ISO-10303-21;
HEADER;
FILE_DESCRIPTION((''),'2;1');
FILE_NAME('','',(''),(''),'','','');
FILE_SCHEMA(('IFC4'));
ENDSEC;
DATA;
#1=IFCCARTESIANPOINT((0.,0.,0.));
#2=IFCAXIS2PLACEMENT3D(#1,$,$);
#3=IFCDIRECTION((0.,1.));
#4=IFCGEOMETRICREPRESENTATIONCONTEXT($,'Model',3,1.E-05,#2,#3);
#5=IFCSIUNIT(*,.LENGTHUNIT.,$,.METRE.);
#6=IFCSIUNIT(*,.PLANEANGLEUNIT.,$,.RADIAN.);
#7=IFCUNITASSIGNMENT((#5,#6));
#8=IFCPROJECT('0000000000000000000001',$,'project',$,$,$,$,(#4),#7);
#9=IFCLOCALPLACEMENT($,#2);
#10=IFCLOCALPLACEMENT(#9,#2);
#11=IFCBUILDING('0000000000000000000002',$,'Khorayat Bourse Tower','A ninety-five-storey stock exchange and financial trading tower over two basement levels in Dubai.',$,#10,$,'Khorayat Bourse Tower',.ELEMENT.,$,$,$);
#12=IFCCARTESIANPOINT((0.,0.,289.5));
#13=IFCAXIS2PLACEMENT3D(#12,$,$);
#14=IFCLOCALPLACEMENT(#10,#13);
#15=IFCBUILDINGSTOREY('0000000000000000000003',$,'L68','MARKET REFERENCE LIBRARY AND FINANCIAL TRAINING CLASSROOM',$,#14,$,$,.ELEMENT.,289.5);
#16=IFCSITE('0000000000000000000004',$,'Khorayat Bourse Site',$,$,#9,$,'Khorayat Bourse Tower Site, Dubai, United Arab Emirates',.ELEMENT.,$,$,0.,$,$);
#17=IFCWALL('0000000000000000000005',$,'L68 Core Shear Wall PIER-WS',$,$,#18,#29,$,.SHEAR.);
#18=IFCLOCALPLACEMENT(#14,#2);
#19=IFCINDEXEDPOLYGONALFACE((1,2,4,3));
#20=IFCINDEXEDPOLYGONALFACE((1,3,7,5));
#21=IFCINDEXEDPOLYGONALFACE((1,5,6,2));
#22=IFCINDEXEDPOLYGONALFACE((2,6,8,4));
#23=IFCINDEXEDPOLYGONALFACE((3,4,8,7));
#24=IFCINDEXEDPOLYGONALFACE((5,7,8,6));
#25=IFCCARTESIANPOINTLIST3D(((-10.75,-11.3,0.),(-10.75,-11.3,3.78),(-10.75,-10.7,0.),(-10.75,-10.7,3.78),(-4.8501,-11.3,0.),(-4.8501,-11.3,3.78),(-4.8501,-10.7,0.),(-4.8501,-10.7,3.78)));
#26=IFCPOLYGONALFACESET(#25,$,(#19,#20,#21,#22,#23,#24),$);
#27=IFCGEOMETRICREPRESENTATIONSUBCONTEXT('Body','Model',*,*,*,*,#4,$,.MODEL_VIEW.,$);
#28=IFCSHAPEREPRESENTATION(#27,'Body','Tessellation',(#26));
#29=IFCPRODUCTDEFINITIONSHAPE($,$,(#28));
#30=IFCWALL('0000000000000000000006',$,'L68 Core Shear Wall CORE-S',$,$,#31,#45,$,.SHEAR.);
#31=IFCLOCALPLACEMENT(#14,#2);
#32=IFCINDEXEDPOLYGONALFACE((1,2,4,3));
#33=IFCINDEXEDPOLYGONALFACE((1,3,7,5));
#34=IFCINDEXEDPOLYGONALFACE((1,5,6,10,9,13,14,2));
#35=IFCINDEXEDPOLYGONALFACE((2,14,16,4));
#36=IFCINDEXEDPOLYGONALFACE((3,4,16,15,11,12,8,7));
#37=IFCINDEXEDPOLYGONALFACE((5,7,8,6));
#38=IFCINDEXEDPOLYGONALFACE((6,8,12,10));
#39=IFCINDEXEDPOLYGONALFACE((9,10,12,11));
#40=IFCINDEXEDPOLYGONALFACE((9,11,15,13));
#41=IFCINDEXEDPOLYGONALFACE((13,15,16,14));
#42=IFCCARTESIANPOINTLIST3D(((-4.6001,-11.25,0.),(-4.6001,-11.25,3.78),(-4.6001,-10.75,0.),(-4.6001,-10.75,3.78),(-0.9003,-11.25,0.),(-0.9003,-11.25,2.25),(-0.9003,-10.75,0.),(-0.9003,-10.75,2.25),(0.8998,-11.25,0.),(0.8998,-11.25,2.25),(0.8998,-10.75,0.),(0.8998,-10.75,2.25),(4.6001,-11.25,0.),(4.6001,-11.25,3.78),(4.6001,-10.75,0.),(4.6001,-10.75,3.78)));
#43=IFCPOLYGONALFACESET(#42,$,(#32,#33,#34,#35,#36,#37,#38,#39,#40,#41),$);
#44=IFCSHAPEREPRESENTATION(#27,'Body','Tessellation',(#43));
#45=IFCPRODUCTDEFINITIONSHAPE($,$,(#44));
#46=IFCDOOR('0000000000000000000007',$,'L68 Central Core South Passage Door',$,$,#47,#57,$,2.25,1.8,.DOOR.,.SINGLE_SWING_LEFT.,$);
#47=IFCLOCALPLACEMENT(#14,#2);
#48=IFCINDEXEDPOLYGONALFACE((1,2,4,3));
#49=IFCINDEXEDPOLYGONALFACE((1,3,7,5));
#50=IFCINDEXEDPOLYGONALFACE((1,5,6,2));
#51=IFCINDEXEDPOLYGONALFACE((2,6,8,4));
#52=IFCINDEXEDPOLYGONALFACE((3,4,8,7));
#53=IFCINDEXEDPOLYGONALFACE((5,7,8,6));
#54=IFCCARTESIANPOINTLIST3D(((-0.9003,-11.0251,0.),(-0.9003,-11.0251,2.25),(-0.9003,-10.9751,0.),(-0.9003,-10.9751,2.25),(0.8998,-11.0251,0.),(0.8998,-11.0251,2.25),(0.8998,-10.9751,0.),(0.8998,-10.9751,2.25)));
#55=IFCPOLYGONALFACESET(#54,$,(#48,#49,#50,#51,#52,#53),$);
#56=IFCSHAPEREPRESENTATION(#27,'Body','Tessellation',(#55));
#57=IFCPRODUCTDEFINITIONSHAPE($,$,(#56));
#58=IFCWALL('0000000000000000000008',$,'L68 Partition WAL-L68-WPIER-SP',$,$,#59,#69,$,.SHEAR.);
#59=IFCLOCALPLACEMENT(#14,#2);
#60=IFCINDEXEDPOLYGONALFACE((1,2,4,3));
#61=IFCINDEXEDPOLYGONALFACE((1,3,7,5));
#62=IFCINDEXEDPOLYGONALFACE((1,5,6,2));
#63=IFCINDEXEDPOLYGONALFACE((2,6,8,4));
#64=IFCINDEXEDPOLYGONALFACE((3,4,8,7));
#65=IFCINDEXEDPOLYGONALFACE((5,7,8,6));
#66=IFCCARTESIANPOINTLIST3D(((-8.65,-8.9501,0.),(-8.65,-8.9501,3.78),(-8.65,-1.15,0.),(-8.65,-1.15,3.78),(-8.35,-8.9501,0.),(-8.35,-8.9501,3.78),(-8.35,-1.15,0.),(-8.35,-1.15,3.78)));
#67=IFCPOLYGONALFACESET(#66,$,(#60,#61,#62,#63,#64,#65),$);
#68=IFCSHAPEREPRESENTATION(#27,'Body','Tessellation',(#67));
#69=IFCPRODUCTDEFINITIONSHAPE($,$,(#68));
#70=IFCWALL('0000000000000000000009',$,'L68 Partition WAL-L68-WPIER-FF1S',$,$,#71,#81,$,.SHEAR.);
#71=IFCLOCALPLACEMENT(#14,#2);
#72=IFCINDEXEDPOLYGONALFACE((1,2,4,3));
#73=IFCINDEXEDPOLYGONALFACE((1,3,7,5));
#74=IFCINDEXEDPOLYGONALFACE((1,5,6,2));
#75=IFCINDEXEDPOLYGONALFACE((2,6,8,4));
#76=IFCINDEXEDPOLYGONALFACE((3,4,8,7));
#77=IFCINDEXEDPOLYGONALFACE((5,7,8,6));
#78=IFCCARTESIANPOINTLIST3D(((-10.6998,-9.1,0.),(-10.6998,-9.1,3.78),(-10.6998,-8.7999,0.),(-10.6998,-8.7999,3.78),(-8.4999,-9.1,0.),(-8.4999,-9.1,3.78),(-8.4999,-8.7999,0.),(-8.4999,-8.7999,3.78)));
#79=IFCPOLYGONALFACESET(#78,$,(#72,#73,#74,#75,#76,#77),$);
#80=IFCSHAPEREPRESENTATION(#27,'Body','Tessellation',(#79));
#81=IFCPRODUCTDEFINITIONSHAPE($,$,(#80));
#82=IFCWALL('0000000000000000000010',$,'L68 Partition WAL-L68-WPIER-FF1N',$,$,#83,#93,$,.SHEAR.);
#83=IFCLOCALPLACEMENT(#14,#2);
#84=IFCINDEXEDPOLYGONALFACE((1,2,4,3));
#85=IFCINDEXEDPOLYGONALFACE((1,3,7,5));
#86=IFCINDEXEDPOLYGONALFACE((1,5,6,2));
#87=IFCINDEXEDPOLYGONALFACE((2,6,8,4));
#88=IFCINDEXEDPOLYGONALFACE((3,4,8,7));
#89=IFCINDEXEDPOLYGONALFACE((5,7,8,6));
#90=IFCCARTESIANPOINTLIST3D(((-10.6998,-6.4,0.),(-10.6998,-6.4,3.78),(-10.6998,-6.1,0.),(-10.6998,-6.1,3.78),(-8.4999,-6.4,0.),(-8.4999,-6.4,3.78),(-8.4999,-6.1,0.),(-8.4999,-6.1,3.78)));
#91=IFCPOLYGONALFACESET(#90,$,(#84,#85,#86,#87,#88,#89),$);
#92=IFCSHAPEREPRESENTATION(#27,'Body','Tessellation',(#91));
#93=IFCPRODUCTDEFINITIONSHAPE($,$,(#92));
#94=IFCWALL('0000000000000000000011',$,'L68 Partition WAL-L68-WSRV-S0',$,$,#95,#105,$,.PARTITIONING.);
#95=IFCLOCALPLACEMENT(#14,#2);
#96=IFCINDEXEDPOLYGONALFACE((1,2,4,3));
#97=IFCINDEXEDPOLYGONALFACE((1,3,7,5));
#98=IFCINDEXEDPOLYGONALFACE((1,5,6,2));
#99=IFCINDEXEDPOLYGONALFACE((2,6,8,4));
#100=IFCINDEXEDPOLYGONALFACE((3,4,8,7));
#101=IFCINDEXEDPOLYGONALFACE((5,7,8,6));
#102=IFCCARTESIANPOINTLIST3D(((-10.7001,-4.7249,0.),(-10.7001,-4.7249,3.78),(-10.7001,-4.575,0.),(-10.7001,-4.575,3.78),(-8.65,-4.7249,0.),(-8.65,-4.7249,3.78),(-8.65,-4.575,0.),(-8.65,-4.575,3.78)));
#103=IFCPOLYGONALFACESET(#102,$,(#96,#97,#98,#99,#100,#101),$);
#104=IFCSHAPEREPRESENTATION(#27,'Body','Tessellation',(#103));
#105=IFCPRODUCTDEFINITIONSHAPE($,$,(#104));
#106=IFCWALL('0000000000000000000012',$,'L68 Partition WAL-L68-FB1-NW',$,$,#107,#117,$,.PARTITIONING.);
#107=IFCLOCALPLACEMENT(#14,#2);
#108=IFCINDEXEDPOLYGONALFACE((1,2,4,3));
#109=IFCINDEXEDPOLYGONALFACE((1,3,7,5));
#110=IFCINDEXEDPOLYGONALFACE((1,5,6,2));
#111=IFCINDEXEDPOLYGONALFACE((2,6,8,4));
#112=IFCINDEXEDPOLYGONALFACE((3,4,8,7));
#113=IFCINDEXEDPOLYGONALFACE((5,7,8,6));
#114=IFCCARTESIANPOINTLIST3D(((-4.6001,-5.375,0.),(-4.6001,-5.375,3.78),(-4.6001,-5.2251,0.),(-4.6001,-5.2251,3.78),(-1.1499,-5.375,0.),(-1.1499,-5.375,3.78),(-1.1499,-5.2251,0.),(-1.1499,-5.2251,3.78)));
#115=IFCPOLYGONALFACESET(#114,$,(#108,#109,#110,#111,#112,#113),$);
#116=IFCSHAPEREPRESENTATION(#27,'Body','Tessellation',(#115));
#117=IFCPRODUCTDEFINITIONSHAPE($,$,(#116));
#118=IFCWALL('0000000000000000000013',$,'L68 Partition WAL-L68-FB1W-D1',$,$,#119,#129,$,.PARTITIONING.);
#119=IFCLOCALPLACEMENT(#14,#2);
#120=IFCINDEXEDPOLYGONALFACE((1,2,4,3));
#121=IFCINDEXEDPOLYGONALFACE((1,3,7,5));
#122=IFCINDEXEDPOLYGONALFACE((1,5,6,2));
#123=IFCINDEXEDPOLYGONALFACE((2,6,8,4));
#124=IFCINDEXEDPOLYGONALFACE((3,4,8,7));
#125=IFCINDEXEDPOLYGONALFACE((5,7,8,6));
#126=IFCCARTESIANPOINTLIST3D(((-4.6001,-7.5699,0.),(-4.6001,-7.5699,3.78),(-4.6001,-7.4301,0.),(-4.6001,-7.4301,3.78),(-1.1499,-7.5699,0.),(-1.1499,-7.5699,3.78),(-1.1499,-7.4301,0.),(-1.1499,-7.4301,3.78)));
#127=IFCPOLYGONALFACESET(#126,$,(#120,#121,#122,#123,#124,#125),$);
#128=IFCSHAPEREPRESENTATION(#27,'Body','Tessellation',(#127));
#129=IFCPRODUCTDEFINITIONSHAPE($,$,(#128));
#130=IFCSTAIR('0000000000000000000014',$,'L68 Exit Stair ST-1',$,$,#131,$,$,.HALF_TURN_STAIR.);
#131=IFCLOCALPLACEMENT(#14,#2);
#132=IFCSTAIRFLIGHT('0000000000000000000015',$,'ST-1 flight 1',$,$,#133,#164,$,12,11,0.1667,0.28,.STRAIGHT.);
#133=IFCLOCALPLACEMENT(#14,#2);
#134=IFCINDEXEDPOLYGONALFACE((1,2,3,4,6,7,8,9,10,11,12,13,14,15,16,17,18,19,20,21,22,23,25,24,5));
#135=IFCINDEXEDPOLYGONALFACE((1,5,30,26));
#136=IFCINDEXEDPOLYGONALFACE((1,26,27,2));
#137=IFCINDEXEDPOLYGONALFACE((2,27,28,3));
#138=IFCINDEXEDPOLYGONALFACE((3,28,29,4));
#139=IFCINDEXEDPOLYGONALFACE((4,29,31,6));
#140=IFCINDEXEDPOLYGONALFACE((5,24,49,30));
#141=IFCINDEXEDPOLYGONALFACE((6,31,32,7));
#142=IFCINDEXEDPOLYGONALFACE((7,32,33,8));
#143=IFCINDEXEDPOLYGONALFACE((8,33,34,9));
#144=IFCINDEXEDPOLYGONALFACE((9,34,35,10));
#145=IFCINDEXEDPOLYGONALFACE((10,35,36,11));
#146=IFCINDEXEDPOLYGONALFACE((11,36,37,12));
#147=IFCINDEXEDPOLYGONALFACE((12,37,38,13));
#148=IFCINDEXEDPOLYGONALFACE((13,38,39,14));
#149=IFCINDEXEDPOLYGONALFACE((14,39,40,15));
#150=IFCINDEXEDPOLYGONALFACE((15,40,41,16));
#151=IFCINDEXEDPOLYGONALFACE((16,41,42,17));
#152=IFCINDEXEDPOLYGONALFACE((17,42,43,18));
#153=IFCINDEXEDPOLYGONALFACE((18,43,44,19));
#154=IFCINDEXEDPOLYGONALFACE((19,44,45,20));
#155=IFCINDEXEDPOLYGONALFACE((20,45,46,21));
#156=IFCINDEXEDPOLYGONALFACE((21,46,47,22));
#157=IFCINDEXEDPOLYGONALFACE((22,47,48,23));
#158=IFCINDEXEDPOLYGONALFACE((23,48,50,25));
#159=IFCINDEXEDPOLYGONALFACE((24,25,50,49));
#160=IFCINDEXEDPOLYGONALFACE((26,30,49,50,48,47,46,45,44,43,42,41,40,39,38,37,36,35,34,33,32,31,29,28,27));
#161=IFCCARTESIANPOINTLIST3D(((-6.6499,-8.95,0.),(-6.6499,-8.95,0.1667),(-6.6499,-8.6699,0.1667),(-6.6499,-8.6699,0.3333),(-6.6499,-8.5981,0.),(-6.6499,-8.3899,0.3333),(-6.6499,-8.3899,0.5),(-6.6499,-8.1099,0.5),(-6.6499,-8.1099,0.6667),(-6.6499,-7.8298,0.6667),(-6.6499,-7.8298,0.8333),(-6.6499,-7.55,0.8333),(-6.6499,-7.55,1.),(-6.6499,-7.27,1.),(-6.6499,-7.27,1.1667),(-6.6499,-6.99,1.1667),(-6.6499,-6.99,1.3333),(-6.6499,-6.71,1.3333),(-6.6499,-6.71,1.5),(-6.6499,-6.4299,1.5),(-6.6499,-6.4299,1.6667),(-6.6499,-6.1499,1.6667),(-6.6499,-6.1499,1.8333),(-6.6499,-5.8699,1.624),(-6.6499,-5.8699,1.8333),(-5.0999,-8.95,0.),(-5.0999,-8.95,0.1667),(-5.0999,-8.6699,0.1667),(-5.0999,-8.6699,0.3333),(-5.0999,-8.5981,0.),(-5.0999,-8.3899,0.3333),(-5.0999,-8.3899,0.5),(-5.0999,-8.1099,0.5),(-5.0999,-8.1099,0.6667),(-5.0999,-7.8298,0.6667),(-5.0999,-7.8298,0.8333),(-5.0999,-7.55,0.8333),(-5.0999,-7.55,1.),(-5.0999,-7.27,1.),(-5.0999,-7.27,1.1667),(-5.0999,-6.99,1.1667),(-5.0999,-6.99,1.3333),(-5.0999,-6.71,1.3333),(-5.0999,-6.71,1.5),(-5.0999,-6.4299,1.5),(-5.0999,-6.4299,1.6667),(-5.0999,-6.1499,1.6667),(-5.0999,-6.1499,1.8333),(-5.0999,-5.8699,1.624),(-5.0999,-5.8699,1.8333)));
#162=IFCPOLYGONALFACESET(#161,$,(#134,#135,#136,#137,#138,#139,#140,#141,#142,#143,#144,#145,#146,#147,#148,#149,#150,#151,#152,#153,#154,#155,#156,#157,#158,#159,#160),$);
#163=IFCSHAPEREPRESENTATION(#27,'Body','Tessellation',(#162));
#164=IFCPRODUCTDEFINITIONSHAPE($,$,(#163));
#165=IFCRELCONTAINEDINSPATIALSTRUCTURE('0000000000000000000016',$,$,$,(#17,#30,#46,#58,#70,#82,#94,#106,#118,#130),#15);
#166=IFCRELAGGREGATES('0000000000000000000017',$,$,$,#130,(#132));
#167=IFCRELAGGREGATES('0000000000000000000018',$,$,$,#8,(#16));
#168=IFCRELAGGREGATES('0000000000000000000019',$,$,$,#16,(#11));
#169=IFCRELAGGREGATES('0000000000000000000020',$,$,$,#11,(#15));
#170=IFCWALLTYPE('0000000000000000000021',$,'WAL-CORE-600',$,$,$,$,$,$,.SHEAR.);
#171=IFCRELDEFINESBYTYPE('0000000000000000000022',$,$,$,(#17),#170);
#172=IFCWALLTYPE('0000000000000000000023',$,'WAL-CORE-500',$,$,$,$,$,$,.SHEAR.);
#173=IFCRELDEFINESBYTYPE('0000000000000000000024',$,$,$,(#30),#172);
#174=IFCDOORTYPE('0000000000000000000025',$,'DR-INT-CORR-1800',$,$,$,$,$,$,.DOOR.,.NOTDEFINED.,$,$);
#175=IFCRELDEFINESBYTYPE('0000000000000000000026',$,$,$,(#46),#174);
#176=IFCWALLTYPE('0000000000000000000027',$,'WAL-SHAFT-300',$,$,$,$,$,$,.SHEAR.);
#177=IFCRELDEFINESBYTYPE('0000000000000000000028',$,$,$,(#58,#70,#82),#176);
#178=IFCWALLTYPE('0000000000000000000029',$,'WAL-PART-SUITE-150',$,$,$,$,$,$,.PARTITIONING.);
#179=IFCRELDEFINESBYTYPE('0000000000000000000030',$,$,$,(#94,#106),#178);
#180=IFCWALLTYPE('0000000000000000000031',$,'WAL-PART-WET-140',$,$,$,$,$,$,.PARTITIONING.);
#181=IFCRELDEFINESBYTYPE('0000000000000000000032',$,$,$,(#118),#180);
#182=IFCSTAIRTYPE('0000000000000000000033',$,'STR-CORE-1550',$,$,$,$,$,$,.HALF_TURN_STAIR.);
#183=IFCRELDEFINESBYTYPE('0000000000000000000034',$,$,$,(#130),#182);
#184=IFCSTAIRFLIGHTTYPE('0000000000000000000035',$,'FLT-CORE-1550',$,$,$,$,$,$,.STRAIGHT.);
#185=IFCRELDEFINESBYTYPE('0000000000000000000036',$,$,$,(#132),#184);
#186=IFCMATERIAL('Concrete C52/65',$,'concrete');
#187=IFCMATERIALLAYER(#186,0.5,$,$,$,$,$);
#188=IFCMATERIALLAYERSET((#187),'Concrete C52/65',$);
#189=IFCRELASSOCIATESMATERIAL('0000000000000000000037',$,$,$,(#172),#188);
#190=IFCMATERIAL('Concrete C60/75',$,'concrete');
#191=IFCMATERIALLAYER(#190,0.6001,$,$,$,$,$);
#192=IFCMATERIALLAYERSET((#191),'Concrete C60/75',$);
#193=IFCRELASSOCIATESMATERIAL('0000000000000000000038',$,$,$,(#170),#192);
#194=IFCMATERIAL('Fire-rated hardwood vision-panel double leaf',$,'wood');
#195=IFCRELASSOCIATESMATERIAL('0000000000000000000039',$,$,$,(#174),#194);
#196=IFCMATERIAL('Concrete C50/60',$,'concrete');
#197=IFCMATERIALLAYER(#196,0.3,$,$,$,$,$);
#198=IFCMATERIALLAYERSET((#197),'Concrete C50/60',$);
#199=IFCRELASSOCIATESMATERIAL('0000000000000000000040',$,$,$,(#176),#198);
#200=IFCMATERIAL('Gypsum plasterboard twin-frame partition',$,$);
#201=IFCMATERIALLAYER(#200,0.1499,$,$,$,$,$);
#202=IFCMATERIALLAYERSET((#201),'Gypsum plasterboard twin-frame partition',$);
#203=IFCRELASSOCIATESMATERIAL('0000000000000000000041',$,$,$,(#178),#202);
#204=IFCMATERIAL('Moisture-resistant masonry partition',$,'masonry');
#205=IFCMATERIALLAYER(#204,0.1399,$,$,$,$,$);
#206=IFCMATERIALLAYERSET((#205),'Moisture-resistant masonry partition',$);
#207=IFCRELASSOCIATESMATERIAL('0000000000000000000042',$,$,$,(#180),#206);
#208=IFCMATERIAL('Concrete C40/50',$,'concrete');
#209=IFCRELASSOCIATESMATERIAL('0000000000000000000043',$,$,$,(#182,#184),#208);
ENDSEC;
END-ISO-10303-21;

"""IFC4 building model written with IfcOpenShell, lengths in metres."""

from ifc_helpers import new_model, si_unit, direction, frame, frame_2d, origin, place, context, subcontext, project, spatial, polyline, rectangle, outline, extrude, source, transform, mapped, material, layer, layer_set, type_object, element, fill, aggregate, save


model = new_model("IFC4")

# Units and contexts
model_context = context("Model", 3, precision=1e-05, world=origin(), true_north=direction((0.0, 1.0)))
body_context = subcontext(model_context, "Body", "Model", "MODEL_VIEW")
ifc_project = project(units=[si_unit("LENGTHUNIT", "METRE"), si_unit("PLANEANGLEUNIT", "RADIAN")], contexts=[model_context])

# Site, building, storey
site_placement = place(None, origin())
site = spatial("IfcSite", under=ifc_project, at=site_placement, Name="Khorayat Bourse Site", LongName="Khorayat Bourse Tower Site, Dubai, United Arab Emirates", CompositionType="ELEMENT", RefElevation=0.0)
building_placement = place(site_placement, origin())
building = spatial("IfcBuilding", under=site, at=building_placement, Name="Khorayat Bourse Tower", Description="A ninety-five-storey stock exchange and financial trading tower over two basement levels in Dubai.", LongName="Khorayat Bourse Tower", CompositionType="ELEMENT")
storey_placement = place(building_placement, frame((0.0, 0.0, 289.5)))
storey = spatial("IfcBuildingStorey", under=building, at=storey_placement, Name="L68", Description="MARKET REFERENCE LIBRARY AND FINANCIAL TRAINING CLASSROOM", CompositionType="ELEMENT", Elevation=289.5)

# Shared definitions
ifc_material_1 = material(Name="Concrete C52/65", Category="concrete")

# Shared definitions
ifc_material_2 = material(Name="Concrete C60/75", Category="concrete")

# Wall
ifc_layer_1 = layer(ifc_material_1, 0.5)
ifc_layer_set_1 = layer_set([ifc_layer_1], Name="Concrete C52/65")
wall_type_1 = type_object("IfcWallType", Name="WAL-CORE-500", PredefinedType="SHEAR", material=ifc_layer_set_1)
ifc_layer_2 = layer(ifc_material_2, 0.6001)
ifc_layer_set_2 = layer_set([ifc_layer_2], Name="Concrete C60/75")
wall_type_2 = type_object("IfcWallType", Name="WAL-CORE-600", PredefinedType="SHEAR", material=ifc_layer_set_2)
shared_shape_1 = source(origin(), body_context, "Body", "SweptSolid", [
    extrude(rectangle(XDim=5.8999, YDim=0.6001, at=frame_2d((2.95, 0.0))), origin(), (0.0, 0.0, 1.0), 3.78),
])
wall_1_placement = place(storey_placement, frame((-10.75, -11.0, 0.0), z_axis=(0.0, 0.0, 1.0), x_axis=(1.0, 0.0, 0.0)))
element("IfcWall", 1, at=wall_1_placement, inside=storey, type_object=wall_type_2, Name="L68 Core Shear Wall PIER-WS", PredefinedType="SHEAR", context=body_context, shape_type="MappedRepresentation", body=[
    mapped(shared_shape_1, transform((0.0, 0.0, 0.0), scale=1.0)),
])

# Wall, opening, door
shared_shape_2 = source(origin(), body_context, "Body", "SweptSolid", [
    extrude(rectangle(XDim=9.2002, YDim=0.5, at=frame_2d((4.6001, 0.0))), origin(), (0.0, 0.0, 1.0), 3.78),
])
wall_2_placement = place(storey_placement, frame((-4.6001, -11.0, 0.0), z_axis=(0.0, 0.0, 1.0), x_axis=(1.0, 0.0, 0.0)))
wall_2 = element("IfcWall", 2, at=wall_2_placement, inside=storey, type_object=wall_type_1, Name="L68 Core Shear Wall CORE-S", PredefinedType="SHEAR", context=body_context, shape_type="MappedRepresentation", body=[
    mapped(shared_shape_2, transform((0.0, 0.0, 0.0), scale=1.0)),
])
shared_shape_3 = source(origin(), body_context, "Body", "SweptSolid", [
    extrude(rectangle(XDim=1.8, YDim=2.25, at=frame_2d((0.8999, 1.125))), frame((0.0, 0.26, 0.0), z_axis=(0.0, -1.0, 0.0), x_axis=(1.0, 0.0, 0.0)), (0.0, 0.0, 1.0), 0.52),
])
opening_placement = place(wall_2_placement, frame((3.7, 0.0, 0.0)))
opening = element("IfcOpeningElement", 3, at=opening_placement, cuts=wall_2, PredefinedType="OPENING", context=body_context, shape_type="MappedRepresentation", body=[
    mapped(shared_shape_3, transform((0.0, 0.0, 0.0), scale=1.0)),
])
ifc_material_3 = material(Name="Fire-rated hardwood vision-panel double leaf", Category="wood")
door_type = type_object("IfcDoorType", Name="DR-INT-CORR-1800", OperationType="NOTDEFINED", PredefinedType="DOOR", material=ifc_material_3)
shared_shape_4 = source(origin(), body_context, "Body", "SweptSolid", [
    extrude(rectangle(XDim=1.8, YDim=2.25, at=frame_2d((0.8999, 1.125))), frame((0.0, 0.0249, 0.0), z_axis=(0.0, -1.0, 0.0), x_axis=(1.0, 0.0, 0.0)), (0.0, 0.0, 1.0), 0.05),
])
door_placement = place(opening_placement, origin())
door = element("IfcDoor", 4, at=door_placement, inside=storey, type_object=door_type, Name="L68 Central Core South Passage Door", OperationType="SINGLE_SWING_LEFT", OverallHeight=2.25, OverallWidth=1.8, PredefinedType="DOOR", context=body_context, shape_type="MappedRepresentation", body=[
    mapped(shared_shape_4, transform((0.0, 0.0, 0.0), scale=1.0)),
])
fill(opening, door)

# Walls
ifc_material_4 = material(Name="Concrete C50/60", Category="concrete")
ifc_layer_3 = layer(ifc_material_4, 0.3)
ifc_layer_set_3 = layer_set([ifc_layer_3], Name="Concrete C50/60")
wall_type_3 = type_object("IfcWallType", Name="WAL-SHAFT-300", PredefinedType="SHEAR", material=ifc_layer_set_3)
shared_shape_5 = source(origin(), body_context, "Body", "SweptSolid", [
    extrude(rectangle(XDim=7.8, YDim=0.3, at=frame_2d((3.8999, 0.0))), origin(), (0.0, 0.0, 1.0), 3.78),
])
wall_3_placement = place(storey_placement, frame((-8.5, -8.95, 0.0), z_axis=(0.0, 0.0, 1.0), x_axis=(0.0, 1.0, 0.0)))
element("IfcWall", 5, at=wall_3_placement, inside=storey, type_object=wall_type_3, Name="L68 Partition WAL-L68-WPIER-SP", PredefinedType="SHEAR", context=body_context, shape_type="MappedRepresentation", body=[
    mapped(shared_shape_5, transform((0.0, 0.0, 0.0), scale=1.0)),
])
shared_shape_6 = source(origin(), body_context, "Body", "SweptSolid", [
    extrude(rectangle(XDim=2.2, YDim=0.3, at=frame_2d((1.1001, 0.0))), origin(), (0.0, 0.0, 1.0), 3.78),
])
for number, where, z_axis, x_axis, name in (
    (6, (-10.7, -8.95, 0.0), (0.0, 0.0, 1.0), (1.0, 0.0, 0.0), "L68 Partition WAL-L68-WPIER-FF1S"),
    (7, (-10.7, -6.25, 0.0), (0.0, 0.0, 1.0), (1.0, 0.0, 0.0), "L68 Partition WAL-L68-WPIER-FF1N"),
):
    element("IfcWall", number, at=place(storey_placement, frame(where, z_axis=z_axis, x_axis=x_axis)), inside=storey, type_object=wall_type_3, Name=name, PredefinedType="SHEAR", context=body_context, shape_type="MappedRepresentation", body=[
        mapped(shared_shape_6, transform((0.0, 0.0, 0.0), scale=1.0)),
    ])
ifc_material_5 = material(Name="Gypsum plasterboard twin-frame partition")
ifc_layer_4 = layer(ifc_material_5, 0.1499)
ifc_layer_set_4 = layer_set([ifc_layer_4], Name="Gypsum plasterboard twin-frame partition")
wall_type_4 = type_object("IfcWallType", Name="WAL-PART-SUITE-150", PredefinedType="PARTITIONING", material=ifc_layer_set_4)
shared_shape_7 = source(origin(), body_context, "Body", "SweptSolid", [
    extrude(rectangle(XDim=2.05, YDim=0.1499, at=frame_2d((1.0249, 0.0))), origin(), (0.0, 0.0, 1.0), 3.78),
])
wall_4_placement = place(storey_placement, frame((-10.7, -4.6499, 0.0), z_axis=(0.0, 0.0, 1.0), x_axis=(1.0, 0.0, 0.0)))
element("IfcWall", 8, at=wall_4_placement, inside=storey, type_object=wall_type_4, Name="L68 Partition WAL-L68-WSRV-S0", PredefinedType="PARTITIONING", context=body_context, shape_type="MappedRepresentation", body=[
    mapped(shared_shape_7, transform((0.0, 0.0, 0.0), scale=1.0)),
])
shared_shape_8 = source(origin(), body_context, "Body", "SweptSolid", [
    extrude(rectangle(XDim=3.4502, YDim=0.1499, at=frame_2d((1.7251, 0.0))), origin(), (0.0, 0.0, 1.0), 3.78),
])
wall_5_placement = place(storey_placement, frame((-4.6001, -5.3, 0.0), z_axis=(0.0, 0.0, 1.0), x_axis=(1.0, 0.0, 0.0)))
element("IfcWall", 9, at=wall_5_placement, inside=storey, type_object=wall_type_4, Name="L68 Partition WAL-L68-FB1-NW", PredefinedType="PARTITIONING", context=body_context, shape_type="MappedRepresentation", body=[
    mapped(shared_shape_8, transform((0.0, 0.0, 0.0), scale=1.0)),
])
ifc_material_6 = material(Name="Moisture-resistant masonry partition", Category="masonry")
ifc_layer_5 = layer(ifc_material_6, 0.1399)
ifc_layer_set_5 = layer_set([ifc_layer_5], Name="Moisture-resistant masonry partition")
wall_type_5 = type_object("IfcWallType", Name="WAL-PART-WET-140", PredefinedType="PARTITIONING", material=ifc_layer_set_5)
shared_shape_9 = source(origin(), body_context, "Body", "SweptSolid", [
    extrude(rectangle(XDim=3.4502, YDim=0.1399, at=frame_2d((1.7251, 0.0))), origin(), (0.0, 0.0, 1.0), 3.78),
])
wall_6_placement = place(storey_placement, frame((-4.6001, -7.5, 0.0), z_axis=(0.0, 0.0, 1.0), x_axis=(1.0, 0.0, 0.0)))
element("IfcWall", 10, at=wall_6_placement, inside=storey, type_object=wall_type_5, Name="L68 Partition WAL-L68-FB1W-D1", PredefinedType="PARTITIONING", context=body_context, shape_type="MappedRepresentation", body=[
    mapped(shared_shape_9, transform((0.0, 0.0, 0.0), scale=1.0)),
])

# Stair, stair flight
ifc_material_7 = material(Name="Concrete C40/50", Category="concrete")
stair_type = type_object("IfcStairType", Name="STR-CORE-1550", PredefinedType="HALF_TURN_STAIR", material=ifc_material_7)
stair_placement = place(storey_placement, origin())
stair = element("IfcStair", 11, at=stair_placement, inside=storey, type_object=stair_type, Name="L68 Exit Stair ST-1", PredefinedType="HALF_TURN_STAIR")
stair_flight_type = type_object("IfcStairFlightType", Name="FLT-CORE-1550", PredefinedType="STRAIGHT", material=ifc_material_7)
shared_shape_10 = source(origin(), body_context, "Body", "SweptSolid", [
    extrude(outline(polyline([(0.0, 0.0), (0.0, 0.1667), (0.28, 0.1667), (0.28, 0.3333), (0.5601, 0.3333), (0.5601, 0.5), (0.8401, 0.5), (0.8401, 0.6667), (1.1201, 0.6667), (1.1201, 0.8333), (1.3999, 0.8333), (1.3999, 1.0), (1.6799, 1.0), (1.6799, 1.1667), (1.96, 1.1667), (1.96, 1.3333), (2.24, 1.3333), (2.24, 1.5), (2.52, 1.5), (2.52, 1.6667), (2.8, 1.6667), (2.8, 1.8333), (3.0801, 1.8333), (3.0801, 2.0), (3.0801, 1.624), (0.3518, 0.0), (0.0, 0.0)])), frame((0.0, 0.7749, 0.0), z_axis=(0.0, -1.0, 0.0), x_axis=(1.0, 0.0, 0.0)), (0.0, 0.0, 1.0), 1.55),
])
stair_flight_1_placement = place(storey_placement, frame((-5.875, -8.95, 0.0), z_axis=(0.0, 0.0, 1.0), x_axis=(0.0, 1.0, 0.0)))
stair_flight_1 = element("IfcStairFlight", 12, at=stair_flight_1_placement, type_object=stair_flight_type, Name="ST-1 flight 1", NumberOfRisers=12, NumberOfTreads=11, PredefinedType="STRAIGHT", RiserHeight=0.1667, TreadLength=0.28, context=body_context, shape_type="MappedRepresentation", body=[
    mapped(shared_shape_10, transform((0.0, 0.0, 0.0), scale=1.0)),
])
aggregate(stair, [stair_flight_1])

save(model, "model.ifc")
